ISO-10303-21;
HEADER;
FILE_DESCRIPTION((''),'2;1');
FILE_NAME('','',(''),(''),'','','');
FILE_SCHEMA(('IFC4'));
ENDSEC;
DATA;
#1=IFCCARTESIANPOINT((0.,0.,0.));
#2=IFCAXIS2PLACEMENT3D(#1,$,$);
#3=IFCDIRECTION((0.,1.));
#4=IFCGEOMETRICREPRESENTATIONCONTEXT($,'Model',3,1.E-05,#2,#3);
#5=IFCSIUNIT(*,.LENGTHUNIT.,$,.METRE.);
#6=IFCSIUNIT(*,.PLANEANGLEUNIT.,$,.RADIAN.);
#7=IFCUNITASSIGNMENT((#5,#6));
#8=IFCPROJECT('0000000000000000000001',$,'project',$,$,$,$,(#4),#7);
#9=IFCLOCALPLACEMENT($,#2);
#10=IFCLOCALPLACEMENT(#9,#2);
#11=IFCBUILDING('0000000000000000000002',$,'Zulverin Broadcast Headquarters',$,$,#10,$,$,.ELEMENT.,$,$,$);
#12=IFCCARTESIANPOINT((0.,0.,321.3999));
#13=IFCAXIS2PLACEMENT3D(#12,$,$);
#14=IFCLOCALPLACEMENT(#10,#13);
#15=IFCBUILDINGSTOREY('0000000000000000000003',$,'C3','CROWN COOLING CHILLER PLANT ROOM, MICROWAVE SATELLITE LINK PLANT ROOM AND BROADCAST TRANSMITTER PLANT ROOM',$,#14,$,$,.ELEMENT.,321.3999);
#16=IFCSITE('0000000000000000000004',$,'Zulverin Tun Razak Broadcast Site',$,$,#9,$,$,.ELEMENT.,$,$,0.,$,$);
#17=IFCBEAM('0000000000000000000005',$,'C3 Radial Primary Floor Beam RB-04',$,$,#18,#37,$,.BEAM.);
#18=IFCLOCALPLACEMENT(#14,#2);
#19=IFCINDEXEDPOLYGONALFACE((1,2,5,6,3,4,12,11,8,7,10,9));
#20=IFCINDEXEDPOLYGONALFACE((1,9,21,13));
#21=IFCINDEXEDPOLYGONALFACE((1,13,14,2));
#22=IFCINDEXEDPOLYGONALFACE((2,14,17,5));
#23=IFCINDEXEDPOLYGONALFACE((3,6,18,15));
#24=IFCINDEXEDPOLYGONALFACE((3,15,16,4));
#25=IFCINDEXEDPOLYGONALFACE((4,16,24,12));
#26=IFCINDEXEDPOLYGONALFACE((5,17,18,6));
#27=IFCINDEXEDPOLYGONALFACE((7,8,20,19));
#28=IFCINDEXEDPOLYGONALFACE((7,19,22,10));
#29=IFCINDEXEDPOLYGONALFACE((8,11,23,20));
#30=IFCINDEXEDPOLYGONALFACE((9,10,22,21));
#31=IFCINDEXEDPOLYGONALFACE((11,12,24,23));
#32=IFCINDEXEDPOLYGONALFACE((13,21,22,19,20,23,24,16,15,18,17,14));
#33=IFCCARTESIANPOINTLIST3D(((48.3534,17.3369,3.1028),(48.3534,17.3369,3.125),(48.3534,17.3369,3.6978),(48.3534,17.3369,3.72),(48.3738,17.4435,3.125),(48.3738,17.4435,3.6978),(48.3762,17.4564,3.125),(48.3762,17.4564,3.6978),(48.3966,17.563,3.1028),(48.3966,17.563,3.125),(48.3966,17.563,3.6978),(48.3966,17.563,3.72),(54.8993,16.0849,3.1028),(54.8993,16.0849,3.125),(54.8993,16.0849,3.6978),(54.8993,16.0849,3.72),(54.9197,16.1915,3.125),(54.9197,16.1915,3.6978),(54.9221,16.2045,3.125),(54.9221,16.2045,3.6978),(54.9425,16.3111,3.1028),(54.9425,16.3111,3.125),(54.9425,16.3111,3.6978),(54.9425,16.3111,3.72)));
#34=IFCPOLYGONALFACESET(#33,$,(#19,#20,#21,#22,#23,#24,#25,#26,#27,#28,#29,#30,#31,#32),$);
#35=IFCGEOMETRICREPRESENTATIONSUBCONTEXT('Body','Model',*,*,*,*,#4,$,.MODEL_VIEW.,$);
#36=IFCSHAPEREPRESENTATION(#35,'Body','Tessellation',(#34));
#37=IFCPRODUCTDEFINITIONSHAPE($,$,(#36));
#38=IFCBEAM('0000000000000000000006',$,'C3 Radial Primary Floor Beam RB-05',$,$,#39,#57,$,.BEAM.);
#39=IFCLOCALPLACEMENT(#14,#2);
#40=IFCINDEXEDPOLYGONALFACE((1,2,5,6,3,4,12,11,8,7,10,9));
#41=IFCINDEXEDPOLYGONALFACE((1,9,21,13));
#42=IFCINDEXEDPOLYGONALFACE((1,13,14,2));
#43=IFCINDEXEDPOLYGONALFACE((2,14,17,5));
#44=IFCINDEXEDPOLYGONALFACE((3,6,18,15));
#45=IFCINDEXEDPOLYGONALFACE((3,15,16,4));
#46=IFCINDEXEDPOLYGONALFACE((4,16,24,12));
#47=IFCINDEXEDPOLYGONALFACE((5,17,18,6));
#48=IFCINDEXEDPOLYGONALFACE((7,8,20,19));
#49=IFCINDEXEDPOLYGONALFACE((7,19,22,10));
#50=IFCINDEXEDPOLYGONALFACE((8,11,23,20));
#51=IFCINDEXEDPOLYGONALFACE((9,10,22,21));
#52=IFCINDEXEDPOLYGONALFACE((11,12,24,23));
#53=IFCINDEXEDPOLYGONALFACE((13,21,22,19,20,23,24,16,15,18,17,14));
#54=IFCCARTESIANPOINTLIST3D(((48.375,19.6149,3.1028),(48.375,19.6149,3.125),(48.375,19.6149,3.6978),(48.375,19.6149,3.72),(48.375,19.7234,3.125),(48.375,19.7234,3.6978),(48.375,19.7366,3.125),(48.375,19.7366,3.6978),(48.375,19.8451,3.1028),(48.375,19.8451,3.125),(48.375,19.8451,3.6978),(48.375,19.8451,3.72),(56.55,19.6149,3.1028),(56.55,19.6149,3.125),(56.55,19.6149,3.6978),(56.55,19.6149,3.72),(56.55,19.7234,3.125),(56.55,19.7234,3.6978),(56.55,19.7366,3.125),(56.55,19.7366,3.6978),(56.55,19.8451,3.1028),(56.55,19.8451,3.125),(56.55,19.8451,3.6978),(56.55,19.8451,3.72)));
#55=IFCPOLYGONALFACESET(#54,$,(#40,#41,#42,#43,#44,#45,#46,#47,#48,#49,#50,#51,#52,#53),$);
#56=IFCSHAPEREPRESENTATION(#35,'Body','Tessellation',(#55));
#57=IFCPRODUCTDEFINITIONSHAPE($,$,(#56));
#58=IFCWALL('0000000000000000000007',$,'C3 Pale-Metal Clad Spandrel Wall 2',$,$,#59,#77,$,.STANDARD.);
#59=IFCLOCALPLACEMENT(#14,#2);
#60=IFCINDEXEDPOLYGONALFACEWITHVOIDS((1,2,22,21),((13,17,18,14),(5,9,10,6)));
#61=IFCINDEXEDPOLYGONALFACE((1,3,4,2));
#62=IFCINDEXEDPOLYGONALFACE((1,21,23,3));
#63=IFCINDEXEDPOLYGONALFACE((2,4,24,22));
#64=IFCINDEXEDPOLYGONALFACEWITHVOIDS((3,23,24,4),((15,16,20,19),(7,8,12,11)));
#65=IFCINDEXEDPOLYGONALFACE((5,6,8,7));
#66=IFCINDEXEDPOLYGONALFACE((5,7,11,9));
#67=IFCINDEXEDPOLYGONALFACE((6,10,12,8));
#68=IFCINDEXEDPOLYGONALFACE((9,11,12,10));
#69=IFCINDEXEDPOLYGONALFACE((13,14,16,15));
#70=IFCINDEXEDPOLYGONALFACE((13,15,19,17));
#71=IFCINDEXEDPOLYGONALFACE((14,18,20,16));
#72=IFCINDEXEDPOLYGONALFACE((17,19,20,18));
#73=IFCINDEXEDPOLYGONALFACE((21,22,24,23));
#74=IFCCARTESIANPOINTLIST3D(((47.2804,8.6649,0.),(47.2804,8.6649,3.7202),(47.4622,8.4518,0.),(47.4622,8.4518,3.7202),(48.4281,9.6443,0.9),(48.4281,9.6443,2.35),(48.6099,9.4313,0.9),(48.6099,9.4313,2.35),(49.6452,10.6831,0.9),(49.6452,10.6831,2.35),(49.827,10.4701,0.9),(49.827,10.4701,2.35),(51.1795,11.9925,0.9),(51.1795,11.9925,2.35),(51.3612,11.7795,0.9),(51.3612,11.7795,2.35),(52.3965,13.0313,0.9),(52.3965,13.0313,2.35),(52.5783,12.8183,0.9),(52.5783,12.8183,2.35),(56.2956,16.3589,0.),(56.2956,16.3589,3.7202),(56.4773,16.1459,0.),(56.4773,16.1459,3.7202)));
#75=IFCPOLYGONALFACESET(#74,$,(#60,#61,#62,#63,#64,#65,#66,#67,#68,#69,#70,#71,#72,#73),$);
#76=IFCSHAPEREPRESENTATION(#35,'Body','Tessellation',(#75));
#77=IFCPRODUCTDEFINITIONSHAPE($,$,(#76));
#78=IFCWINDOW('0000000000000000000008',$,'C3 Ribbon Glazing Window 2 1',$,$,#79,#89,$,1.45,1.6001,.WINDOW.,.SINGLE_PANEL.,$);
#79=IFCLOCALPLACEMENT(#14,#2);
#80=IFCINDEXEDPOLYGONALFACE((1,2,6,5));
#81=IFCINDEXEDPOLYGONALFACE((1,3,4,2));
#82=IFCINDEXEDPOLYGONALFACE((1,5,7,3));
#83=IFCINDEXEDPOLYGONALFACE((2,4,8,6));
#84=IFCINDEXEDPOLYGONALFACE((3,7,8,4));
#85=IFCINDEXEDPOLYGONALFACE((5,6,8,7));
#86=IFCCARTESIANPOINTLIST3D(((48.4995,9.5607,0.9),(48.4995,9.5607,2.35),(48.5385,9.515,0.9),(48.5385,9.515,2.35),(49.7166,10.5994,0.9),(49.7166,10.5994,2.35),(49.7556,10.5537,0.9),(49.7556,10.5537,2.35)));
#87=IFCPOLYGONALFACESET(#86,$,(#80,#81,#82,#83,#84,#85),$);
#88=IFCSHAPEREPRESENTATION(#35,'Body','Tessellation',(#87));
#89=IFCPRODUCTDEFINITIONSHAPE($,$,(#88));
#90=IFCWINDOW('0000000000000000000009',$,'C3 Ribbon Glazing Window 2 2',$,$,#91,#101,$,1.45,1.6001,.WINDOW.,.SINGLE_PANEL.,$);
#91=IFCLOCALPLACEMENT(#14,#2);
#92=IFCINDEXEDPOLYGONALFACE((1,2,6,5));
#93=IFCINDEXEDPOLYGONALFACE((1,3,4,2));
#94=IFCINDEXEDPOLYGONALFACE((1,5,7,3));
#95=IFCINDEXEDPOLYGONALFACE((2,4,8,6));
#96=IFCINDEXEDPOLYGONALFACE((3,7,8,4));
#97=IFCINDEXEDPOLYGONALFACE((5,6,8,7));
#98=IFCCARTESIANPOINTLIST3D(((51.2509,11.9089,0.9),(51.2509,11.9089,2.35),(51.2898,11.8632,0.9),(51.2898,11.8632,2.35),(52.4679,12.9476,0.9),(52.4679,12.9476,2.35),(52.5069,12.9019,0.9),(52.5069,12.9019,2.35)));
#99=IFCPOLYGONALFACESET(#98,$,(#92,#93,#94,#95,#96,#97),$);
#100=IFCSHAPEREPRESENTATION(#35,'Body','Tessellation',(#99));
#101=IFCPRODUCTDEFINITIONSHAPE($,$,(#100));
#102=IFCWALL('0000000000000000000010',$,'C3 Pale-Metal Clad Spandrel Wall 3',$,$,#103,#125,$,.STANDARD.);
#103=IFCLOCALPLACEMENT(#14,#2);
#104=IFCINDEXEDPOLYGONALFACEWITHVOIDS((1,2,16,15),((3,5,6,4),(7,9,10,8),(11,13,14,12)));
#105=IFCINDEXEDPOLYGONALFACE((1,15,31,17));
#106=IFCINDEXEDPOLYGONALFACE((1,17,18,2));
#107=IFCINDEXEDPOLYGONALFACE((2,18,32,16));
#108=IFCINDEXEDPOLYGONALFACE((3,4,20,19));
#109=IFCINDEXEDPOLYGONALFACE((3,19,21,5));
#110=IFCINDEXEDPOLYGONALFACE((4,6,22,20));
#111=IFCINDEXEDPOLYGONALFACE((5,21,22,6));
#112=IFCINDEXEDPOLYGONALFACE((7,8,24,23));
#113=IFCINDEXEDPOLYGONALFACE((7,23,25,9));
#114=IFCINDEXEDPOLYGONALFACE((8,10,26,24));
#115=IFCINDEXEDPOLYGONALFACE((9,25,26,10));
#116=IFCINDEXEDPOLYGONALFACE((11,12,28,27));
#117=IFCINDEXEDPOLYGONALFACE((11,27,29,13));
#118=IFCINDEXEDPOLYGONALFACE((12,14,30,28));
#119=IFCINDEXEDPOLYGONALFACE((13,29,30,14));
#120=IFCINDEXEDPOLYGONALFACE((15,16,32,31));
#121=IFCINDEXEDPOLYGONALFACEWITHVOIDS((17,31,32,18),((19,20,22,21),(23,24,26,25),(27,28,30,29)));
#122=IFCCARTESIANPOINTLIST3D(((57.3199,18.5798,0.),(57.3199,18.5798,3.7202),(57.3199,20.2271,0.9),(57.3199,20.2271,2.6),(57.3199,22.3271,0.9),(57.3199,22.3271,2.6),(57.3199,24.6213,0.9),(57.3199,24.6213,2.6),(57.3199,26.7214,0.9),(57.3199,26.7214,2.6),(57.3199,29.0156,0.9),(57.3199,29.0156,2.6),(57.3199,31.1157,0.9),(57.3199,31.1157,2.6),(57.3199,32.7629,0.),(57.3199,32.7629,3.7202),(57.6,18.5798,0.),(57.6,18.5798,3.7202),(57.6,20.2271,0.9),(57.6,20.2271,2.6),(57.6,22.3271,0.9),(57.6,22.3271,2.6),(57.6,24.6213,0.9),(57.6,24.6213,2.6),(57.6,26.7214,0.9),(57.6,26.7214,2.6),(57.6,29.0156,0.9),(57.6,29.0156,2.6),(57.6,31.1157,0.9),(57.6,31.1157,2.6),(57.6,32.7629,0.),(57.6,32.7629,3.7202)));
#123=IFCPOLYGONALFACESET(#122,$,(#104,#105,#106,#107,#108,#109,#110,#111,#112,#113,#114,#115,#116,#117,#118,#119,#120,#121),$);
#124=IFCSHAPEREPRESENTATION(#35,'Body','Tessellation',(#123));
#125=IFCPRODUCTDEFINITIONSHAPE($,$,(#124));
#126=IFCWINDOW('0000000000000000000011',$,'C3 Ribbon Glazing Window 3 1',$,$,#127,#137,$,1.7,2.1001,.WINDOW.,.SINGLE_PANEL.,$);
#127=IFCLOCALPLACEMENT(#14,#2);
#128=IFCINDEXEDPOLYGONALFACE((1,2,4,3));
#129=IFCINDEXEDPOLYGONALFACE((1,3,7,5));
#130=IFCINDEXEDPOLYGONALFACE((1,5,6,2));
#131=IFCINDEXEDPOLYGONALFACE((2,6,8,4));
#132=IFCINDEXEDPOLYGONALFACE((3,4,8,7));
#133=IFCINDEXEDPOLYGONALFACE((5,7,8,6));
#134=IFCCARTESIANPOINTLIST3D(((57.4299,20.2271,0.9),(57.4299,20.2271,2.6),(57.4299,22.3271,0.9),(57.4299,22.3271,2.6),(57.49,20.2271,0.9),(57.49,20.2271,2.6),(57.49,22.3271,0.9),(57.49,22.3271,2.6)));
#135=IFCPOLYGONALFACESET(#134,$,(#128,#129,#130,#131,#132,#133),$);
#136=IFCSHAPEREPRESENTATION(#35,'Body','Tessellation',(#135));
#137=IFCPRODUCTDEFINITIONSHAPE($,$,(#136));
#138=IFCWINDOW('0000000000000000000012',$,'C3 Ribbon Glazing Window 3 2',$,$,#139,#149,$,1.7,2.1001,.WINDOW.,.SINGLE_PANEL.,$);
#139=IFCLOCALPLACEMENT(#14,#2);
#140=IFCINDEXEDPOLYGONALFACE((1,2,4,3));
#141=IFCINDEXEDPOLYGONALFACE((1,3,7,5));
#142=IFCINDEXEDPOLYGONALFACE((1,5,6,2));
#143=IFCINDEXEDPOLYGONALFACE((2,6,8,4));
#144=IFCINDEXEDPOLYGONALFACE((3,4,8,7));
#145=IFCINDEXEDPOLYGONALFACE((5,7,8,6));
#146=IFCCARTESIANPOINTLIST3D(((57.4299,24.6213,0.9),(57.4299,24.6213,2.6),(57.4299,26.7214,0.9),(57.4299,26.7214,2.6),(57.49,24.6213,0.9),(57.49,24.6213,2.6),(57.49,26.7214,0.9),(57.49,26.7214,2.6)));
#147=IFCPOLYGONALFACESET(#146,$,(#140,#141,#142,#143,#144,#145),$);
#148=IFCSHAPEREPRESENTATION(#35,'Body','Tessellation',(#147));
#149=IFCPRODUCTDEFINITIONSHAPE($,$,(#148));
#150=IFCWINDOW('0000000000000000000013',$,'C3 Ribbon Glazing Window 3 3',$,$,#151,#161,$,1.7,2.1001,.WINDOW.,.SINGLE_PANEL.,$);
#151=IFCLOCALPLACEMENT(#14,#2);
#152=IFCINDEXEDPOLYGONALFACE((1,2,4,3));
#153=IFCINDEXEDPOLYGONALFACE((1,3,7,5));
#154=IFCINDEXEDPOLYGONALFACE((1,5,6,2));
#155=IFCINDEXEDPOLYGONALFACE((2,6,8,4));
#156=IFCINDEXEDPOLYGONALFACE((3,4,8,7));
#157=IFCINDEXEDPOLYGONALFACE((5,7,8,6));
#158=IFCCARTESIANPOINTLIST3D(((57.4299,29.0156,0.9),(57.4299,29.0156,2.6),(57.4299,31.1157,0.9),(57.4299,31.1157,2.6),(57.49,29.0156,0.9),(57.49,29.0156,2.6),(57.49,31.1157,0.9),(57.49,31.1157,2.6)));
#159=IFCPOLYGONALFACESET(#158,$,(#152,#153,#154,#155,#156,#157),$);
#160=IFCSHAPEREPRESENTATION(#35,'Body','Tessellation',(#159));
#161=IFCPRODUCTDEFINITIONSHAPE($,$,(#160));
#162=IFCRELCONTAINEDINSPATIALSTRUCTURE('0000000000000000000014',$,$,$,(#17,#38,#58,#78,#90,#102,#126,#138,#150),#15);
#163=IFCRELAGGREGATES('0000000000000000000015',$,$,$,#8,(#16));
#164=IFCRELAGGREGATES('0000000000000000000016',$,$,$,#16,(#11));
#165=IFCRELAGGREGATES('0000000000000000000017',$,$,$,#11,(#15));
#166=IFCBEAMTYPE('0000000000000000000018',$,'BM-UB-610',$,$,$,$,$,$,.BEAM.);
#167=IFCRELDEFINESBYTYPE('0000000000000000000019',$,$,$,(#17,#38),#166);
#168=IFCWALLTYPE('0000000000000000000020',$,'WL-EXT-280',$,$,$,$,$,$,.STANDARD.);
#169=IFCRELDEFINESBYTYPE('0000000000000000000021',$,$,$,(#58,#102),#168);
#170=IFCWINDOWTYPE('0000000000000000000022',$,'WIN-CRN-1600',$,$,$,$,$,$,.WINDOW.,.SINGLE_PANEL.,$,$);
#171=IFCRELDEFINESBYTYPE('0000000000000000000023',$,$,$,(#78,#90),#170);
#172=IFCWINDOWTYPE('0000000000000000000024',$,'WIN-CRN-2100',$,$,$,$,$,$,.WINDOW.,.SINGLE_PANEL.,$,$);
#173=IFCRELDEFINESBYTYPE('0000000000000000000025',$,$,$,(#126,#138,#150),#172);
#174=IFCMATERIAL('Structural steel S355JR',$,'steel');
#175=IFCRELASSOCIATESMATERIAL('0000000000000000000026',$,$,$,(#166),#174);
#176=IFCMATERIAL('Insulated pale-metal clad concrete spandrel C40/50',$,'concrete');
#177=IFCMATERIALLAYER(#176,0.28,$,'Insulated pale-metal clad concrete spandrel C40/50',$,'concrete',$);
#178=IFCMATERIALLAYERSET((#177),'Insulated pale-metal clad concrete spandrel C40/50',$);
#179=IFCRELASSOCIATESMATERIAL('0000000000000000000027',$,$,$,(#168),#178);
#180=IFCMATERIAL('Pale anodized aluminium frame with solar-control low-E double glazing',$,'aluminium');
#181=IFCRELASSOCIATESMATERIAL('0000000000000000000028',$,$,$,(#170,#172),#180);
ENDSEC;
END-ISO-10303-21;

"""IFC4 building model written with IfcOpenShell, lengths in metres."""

from ifc_helpers import new_model, si_unit, direction, frame, frame_2d, origin, origin_2d, place, context, subcontext, project, spatial, rectangle, i_section, extrude, material, layer, layer_set, material_profile, profile_set, type_object, element, fill, save


model = new_model("IFC4")

# Units and contexts
model_context = context("Model", 3, precision=1e-05, world=origin(), true_north=direction((0.0, 1.0)))
body_context = subcontext(model_context, "Body", "Model", "MODEL_VIEW")
ifc_project = project(units=[si_unit("LENGTHUNIT", "METRE"), si_unit("PLANEANGLEUNIT", "RADIAN")], contexts=[model_context])

# Site, building, storey
site_placement = place(None, origin())
site = spatial("IfcSite", under=ifc_project, at=site_placement, Name="Zulverin Tun Razak Broadcast Site", CompositionType="ELEMENT", RefElevation=0.0)
building_placement = place(site_placement, origin())
building = spatial("IfcBuilding", under=site, at=building_placement, Name="Zulverin Broadcast Headquarters", CompositionType="ELEMENT")
storey_placement = place(building_placement, frame((0.0, 0.0, 321.3999)))
storey = spatial("IfcBuildingStorey", under=building, at=storey_placement, Name="C3", Description="CROWN COOLING CHILLER PLANT ROOM, MICROWAVE SATELLITE LINK PLANT ROOM AND BROADCAST TRANSMITTER PLANT ROOM", CompositionType="ELEMENT", Elevation=321.3999)

# Shared definitions
ifc_material_1 = material(Name="Structural steel S355JR", Category="steel")

# Beams
ifc_material_profile_1 = material_profile(ifc_material_1, i_section(OverallWidth=0.2302, OverallDepth=0.6172, WebThickness=0.0132, FlangeThickness=0.0222, at=origin_2d()), Name="Structural steel S355JR", Category="steel")
ifc_profile_set_1 = profile_set([ifc_material_profile_1], Name="Structural steel S355JR")
beam_type_1 = type_object("IfcBeamType", Name="BM-UB-610", PredefinedType="BEAM", material=ifc_profile_set_1)
beam_1_placement = place(storey_placement, frame((48.375, 17.45, 3.4114), z_axis=(0.982197, -0.187853, 0.0), x_axis=(0.187853, 0.982197, 0.0)))
element("IfcBeam", 1, at=beam_1_placement, inside=storey, type_object=beam_type_1, Name="C3 Radial Primary Floor Beam RB-04", PredefinedType="BEAM", context=body_context, shape_type="SweptSolid", body=[
    extrude(i_section(OverallWidth=0.2302, OverallDepth=0.6172, WebThickness=0.0132, FlangeThickness=0.0222, at=origin_2d()), origin(), (0.0, 0.0, 1.0), 6.6646),
])
beam_2_placement = place(storey_placement, frame((48.375, 19.73, 3.4114), z_axis=(1.0, 0.0, 0.0), x_axis=(0.0, 1.0, 0.0)))
element("IfcBeam", 2, at=beam_2_placement, inside=storey, type_object=beam_type_1, Name="C3 Radial Primary Floor Beam RB-05", PredefinedType="BEAM", context=body_context, shape_type="SweptSolid", body=[
    extrude(i_section(OverallWidth=0.2302, OverallDepth=0.6172, WebThickness=0.0132, FlangeThickness=0.0222, at=origin_2d()), origin(), (0.0, 0.0, 1.0), 8.175),
])

# Walls, openings, windows
ifc_material_2 = material(Name="Insulated pale-metal clad concrete spandrel C40/50", Category="concrete")
ifc_layer_1 = layer(ifc_material_2, 0.28, Name="Insulated pale-metal clad concrete spandrel C40/50", Category="concrete")
ifc_layer_set_1 = layer_set([ifc_layer_1], Name="Insulated pale-metal clad concrete spandrel C40/50")
wall_type_1 = type_object("IfcWallType", Name="WL-EXT-280", PredefinedType="STANDARD", material=ifc_layer_set_1)
wall_1_placement = place(storey_placement, frame((47.3713, 8.5583, 0.0), z_axis=(0.0, 0.0, 1.0), x_axis=(0.760638, 0.649177, 0.0)))
wall_1 = element("IfcWall", 3, at=wall_1_placement, inside=storey, type_object=wall_type_1, Name="C3 Pale-Metal Clad Spandrel Wall 2", PredefinedType="STANDARD", context=body_context, shape_type="SweptSolid", body=[
    extrude(rectangle(XDim=11.8521, YDim=0.28, at=frame_2d((5.926, 0.0))), origin(), (0.0, 0.0, 1.0), 3.7202),
])
opening_1_placement = place(wall_1_placement, frame((1.5088, 0.0, 0.8999)))
opening_1 = element("IfcOpeningElement", 4, at=opening_1_placement, cuts=wall_1, PredefinedType="OPENING", context=body_context, shape_type="SweptSolid", body=[
    extrude(rectangle(XDim=1.6001, YDim=1.45, at=frame_2d((0.8, 0.7251))), frame((0.0, 0.1499, 0.0), z_axis=(0.0, -1.0, 0.0), x_axis=(1.0, 0.0, 0.0)), (0.0, 0.0, 1.0), 0.3),
])
opening_2_placement = place(wall_1_placement, frame((5.126, 0.0, 0.8999)))
opening_2 = element("IfcOpeningElement", 5, at=opening_2_placement, cuts=wall_1, PredefinedType="OPENING", context=body_context, shape_type="SweptSolid", body=[
    extrude(rectangle(XDim=1.6001, YDim=1.45, at=frame_2d((0.8, 0.7251))), frame((0.0, 0.1499, 0.0), z_axis=(0.0, -1.0, 0.0), x_axis=(1.0, 0.0, 0.0)), (0.0, 0.0, 1.0), 0.3),
])
ifc_material_3 = material(Name="Pale anodized aluminium frame with solar-control low-E double glazing", Category="aluminium")
window_type_1 = type_object("IfcWindowType", Name="WIN-CRN-1600", PartitioningType="SINGLE_PANEL", PredefinedType="WINDOW", material=ifc_material_3)
window_1_placement = place(opening_1_placement, origin())
window_1 = element("IfcWindow", 6, at=window_1_placement, inside=storey, type_object=window_type_1, Name="C3 Ribbon Glazing Window 2 1", OverallHeight=1.45, OverallWidth=1.6001, PartitioningType="SINGLE_PANEL", PredefinedType="WINDOW", context=body_context, shape_type="SweptSolid", body=[
    extrude(rectangle(XDim=1.6001, YDim=1.45, at=frame_2d((0.8, 0.7251))), frame((0.0, 0.03, 0.0), z_axis=(0.0, -1.0, 0.0), x_axis=(1.0, 0.0, 0.0)), (0.0, 0.0, 1.0), 0.0601),
])
fill(opening_1, window_1)
window_2_placement = place(opening_2_placement, origin())
window_2 = element("IfcWindow", 7, at=window_2_placement, inside=storey, type_object=window_type_1, Name="C3 Ribbon Glazing Window 2 2", OverallHeight=1.45, OverallWidth=1.6001, PartitioningType="SINGLE_PANEL", PredefinedType="WINDOW", context=body_context, shape_type="SweptSolid", body=[
    extrude(rectangle(XDim=1.6001, YDim=1.45, at=frame_2d((0.8, 0.7251))), frame((0.0, 0.03, 0.0), z_axis=(0.0, -1.0, 0.0), x_axis=(1.0, 0.0, 0.0)), (0.0, 0.0, 1.0), 0.0601),
])
fill(opening_2, window_2)
wall_2_placement = place(storey_placement, frame((57.46, 18.5798, 0.0), z_axis=(0.0, 0.0, 1.0), x_axis=(0.0, 1.0, 0.0)))
wall_2 = element("IfcWall", 8, at=wall_2_placement, inside=storey, type_object=wall_type_1, Name="C3 Pale-Metal Clad Spandrel Wall 3", PredefinedType="STANDARD", context=body_context, shape_type="SweptSolid", body=[
    extrude(rectangle(XDim=14.1831, YDim=0.28, at=frame_2d((7.0916, 0.0))), origin(), (0.0, 0.0, 1.0), 3.7202),
])
opening_3_placement = place(wall_2_placement, frame((1.6472, 0.0, 0.8999)))
opening_3 = element("IfcOpeningElement", 9, at=opening_3_placement, cuts=wall_2, PredefinedType="OPENING", context=body_context, shape_type="SweptSolid", body=[
    extrude(rectangle(XDim=2.1001, YDim=1.7, at=frame_2d((1.05, 0.8501))), frame((0.0, 0.1499, 0.0), z_axis=(0.0, -1.0, 0.0), x_axis=(1.0, 0.0, 0.0)), (0.0, 0.0, 1.0), 0.3),
])
opening_4_placement = place(wall_2_placement, frame((6.0415, 0.0, 0.8999)))
opening_4 = element("IfcOpeningElement", 10, at=opening_4_placement, cuts=wall_2, PredefinedType="OPENING", context=body_context, shape_type="SweptSolid", body=[
    extrude(rectangle(XDim=2.1001, YDim=1.7, at=frame_2d((1.05, 0.8501))), frame((0.0, 0.1499, 0.0), z_axis=(0.0, -1.0, 0.0), x_axis=(1.0, 0.0, 0.0)), (0.0, 0.0, 1.0), 0.3),
])
opening_5_placement = place(wall_2_placement, frame((10.4358, 0.0, 0.8999)))
opening_5 = element("IfcOpeningElement", 11, at=opening_5_placement, cuts=wall_2, PredefinedType="OPENING", context=body_context, shape_type="SweptSolid", body=[
    extrude(rectangle(XDim=2.1001, YDim=1.7, at=frame_2d((1.05, 0.8501))), frame((0.0, 0.1499, 0.0), z_axis=(0.0, -1.0, 0.0), x_axis=(1.0, 0.0, 0.0)), (0.0, 0.0, 1.0), 0.3),
])
window_type_2 = type_object("IfcWindowType", Name="WIN-CRN-2100", PartitioningType="SINGLE_PANEL", PredefinedType="WINDOW", material=ifc_material_3)
window_3_placement = place(opening_3_placement, origin())
window_3 = element("IfcWindow", 12, at=window_3_placement, inside=storey, type_object=window_type_2, Name="C3 Ribbon Glazing Window 3 1", OverallHeight=1.7, OverallWidth=2.1001, PartitioningType="SINGLE_PANEL", PredefinedType="WINDOW", context=body_context, shape_type="SweptSolid", body=[
    extrude(rectangle(XDim=2.1001, YDim=1.7, at=frame_2d((1.05, 0.8501))), frame((0.0, 0.03, 0.0), z_axis=(0.0, -1.0, 0.0), x_axis=(1.0, 0.0, 0.0)), (0.0, 0.0, 1.0), 0.0601),
])
fill(opening_3, window_3)
window_4_placement = place(opening_4_placement, origin())
window_4 = element("IfcWindow", 13, at=window_4_placement, inside=storey, type_object=window_type_2, Name="C3 Ribbon Glazing Window 3 2", OverallHeight=1.7, OverallWidth=2.1001, PartitioningType="SINGLE_PANEL", PredefinedType="WINDOW", context=body_context, shape_type="SweptSolid", body=[
    extrude(rectangle(XDim=2.1001, YDim=1.7, at=frame_2d((1.05, 0.8501))), frame((0.0, 0.03, 0.0), z_axis=(0.0, -1.0, 0.0), x_axis=(1.0, 0.0, 0.0)), (0.0, 0.0, 1.0), 0.0601),
])
fill(opening_4, window_4)
window_5_placement = place(opening_5_placement, origin())
window_5 = element("IfcWindow", 14, at=window_5_placement, inside=storey, type_object=window_type_2, Name="C3 Ribbon Glazing Window 3 3", OverallHeight=1.7, OverallWidth=2.1001, PartitioningType="SINGLE_PANEL", PredefinedType="WINDOW", context=body_context, shape_type="SweptSolid", body=[
    extrude(rectangle(XDim=2.1001, YDim=1.7, at=frame_2d((1.05, 0.8501))), frame((0.0, 0.03, 0.0), z_axis=(0.0, -1.0, 0.0), x_axis=(1.0, 0.0, 0.0)), (0.0, 0.0, 1.0), 0.0601),
])
fill(opening_5, window_5)

save(model, "model.ifc")
